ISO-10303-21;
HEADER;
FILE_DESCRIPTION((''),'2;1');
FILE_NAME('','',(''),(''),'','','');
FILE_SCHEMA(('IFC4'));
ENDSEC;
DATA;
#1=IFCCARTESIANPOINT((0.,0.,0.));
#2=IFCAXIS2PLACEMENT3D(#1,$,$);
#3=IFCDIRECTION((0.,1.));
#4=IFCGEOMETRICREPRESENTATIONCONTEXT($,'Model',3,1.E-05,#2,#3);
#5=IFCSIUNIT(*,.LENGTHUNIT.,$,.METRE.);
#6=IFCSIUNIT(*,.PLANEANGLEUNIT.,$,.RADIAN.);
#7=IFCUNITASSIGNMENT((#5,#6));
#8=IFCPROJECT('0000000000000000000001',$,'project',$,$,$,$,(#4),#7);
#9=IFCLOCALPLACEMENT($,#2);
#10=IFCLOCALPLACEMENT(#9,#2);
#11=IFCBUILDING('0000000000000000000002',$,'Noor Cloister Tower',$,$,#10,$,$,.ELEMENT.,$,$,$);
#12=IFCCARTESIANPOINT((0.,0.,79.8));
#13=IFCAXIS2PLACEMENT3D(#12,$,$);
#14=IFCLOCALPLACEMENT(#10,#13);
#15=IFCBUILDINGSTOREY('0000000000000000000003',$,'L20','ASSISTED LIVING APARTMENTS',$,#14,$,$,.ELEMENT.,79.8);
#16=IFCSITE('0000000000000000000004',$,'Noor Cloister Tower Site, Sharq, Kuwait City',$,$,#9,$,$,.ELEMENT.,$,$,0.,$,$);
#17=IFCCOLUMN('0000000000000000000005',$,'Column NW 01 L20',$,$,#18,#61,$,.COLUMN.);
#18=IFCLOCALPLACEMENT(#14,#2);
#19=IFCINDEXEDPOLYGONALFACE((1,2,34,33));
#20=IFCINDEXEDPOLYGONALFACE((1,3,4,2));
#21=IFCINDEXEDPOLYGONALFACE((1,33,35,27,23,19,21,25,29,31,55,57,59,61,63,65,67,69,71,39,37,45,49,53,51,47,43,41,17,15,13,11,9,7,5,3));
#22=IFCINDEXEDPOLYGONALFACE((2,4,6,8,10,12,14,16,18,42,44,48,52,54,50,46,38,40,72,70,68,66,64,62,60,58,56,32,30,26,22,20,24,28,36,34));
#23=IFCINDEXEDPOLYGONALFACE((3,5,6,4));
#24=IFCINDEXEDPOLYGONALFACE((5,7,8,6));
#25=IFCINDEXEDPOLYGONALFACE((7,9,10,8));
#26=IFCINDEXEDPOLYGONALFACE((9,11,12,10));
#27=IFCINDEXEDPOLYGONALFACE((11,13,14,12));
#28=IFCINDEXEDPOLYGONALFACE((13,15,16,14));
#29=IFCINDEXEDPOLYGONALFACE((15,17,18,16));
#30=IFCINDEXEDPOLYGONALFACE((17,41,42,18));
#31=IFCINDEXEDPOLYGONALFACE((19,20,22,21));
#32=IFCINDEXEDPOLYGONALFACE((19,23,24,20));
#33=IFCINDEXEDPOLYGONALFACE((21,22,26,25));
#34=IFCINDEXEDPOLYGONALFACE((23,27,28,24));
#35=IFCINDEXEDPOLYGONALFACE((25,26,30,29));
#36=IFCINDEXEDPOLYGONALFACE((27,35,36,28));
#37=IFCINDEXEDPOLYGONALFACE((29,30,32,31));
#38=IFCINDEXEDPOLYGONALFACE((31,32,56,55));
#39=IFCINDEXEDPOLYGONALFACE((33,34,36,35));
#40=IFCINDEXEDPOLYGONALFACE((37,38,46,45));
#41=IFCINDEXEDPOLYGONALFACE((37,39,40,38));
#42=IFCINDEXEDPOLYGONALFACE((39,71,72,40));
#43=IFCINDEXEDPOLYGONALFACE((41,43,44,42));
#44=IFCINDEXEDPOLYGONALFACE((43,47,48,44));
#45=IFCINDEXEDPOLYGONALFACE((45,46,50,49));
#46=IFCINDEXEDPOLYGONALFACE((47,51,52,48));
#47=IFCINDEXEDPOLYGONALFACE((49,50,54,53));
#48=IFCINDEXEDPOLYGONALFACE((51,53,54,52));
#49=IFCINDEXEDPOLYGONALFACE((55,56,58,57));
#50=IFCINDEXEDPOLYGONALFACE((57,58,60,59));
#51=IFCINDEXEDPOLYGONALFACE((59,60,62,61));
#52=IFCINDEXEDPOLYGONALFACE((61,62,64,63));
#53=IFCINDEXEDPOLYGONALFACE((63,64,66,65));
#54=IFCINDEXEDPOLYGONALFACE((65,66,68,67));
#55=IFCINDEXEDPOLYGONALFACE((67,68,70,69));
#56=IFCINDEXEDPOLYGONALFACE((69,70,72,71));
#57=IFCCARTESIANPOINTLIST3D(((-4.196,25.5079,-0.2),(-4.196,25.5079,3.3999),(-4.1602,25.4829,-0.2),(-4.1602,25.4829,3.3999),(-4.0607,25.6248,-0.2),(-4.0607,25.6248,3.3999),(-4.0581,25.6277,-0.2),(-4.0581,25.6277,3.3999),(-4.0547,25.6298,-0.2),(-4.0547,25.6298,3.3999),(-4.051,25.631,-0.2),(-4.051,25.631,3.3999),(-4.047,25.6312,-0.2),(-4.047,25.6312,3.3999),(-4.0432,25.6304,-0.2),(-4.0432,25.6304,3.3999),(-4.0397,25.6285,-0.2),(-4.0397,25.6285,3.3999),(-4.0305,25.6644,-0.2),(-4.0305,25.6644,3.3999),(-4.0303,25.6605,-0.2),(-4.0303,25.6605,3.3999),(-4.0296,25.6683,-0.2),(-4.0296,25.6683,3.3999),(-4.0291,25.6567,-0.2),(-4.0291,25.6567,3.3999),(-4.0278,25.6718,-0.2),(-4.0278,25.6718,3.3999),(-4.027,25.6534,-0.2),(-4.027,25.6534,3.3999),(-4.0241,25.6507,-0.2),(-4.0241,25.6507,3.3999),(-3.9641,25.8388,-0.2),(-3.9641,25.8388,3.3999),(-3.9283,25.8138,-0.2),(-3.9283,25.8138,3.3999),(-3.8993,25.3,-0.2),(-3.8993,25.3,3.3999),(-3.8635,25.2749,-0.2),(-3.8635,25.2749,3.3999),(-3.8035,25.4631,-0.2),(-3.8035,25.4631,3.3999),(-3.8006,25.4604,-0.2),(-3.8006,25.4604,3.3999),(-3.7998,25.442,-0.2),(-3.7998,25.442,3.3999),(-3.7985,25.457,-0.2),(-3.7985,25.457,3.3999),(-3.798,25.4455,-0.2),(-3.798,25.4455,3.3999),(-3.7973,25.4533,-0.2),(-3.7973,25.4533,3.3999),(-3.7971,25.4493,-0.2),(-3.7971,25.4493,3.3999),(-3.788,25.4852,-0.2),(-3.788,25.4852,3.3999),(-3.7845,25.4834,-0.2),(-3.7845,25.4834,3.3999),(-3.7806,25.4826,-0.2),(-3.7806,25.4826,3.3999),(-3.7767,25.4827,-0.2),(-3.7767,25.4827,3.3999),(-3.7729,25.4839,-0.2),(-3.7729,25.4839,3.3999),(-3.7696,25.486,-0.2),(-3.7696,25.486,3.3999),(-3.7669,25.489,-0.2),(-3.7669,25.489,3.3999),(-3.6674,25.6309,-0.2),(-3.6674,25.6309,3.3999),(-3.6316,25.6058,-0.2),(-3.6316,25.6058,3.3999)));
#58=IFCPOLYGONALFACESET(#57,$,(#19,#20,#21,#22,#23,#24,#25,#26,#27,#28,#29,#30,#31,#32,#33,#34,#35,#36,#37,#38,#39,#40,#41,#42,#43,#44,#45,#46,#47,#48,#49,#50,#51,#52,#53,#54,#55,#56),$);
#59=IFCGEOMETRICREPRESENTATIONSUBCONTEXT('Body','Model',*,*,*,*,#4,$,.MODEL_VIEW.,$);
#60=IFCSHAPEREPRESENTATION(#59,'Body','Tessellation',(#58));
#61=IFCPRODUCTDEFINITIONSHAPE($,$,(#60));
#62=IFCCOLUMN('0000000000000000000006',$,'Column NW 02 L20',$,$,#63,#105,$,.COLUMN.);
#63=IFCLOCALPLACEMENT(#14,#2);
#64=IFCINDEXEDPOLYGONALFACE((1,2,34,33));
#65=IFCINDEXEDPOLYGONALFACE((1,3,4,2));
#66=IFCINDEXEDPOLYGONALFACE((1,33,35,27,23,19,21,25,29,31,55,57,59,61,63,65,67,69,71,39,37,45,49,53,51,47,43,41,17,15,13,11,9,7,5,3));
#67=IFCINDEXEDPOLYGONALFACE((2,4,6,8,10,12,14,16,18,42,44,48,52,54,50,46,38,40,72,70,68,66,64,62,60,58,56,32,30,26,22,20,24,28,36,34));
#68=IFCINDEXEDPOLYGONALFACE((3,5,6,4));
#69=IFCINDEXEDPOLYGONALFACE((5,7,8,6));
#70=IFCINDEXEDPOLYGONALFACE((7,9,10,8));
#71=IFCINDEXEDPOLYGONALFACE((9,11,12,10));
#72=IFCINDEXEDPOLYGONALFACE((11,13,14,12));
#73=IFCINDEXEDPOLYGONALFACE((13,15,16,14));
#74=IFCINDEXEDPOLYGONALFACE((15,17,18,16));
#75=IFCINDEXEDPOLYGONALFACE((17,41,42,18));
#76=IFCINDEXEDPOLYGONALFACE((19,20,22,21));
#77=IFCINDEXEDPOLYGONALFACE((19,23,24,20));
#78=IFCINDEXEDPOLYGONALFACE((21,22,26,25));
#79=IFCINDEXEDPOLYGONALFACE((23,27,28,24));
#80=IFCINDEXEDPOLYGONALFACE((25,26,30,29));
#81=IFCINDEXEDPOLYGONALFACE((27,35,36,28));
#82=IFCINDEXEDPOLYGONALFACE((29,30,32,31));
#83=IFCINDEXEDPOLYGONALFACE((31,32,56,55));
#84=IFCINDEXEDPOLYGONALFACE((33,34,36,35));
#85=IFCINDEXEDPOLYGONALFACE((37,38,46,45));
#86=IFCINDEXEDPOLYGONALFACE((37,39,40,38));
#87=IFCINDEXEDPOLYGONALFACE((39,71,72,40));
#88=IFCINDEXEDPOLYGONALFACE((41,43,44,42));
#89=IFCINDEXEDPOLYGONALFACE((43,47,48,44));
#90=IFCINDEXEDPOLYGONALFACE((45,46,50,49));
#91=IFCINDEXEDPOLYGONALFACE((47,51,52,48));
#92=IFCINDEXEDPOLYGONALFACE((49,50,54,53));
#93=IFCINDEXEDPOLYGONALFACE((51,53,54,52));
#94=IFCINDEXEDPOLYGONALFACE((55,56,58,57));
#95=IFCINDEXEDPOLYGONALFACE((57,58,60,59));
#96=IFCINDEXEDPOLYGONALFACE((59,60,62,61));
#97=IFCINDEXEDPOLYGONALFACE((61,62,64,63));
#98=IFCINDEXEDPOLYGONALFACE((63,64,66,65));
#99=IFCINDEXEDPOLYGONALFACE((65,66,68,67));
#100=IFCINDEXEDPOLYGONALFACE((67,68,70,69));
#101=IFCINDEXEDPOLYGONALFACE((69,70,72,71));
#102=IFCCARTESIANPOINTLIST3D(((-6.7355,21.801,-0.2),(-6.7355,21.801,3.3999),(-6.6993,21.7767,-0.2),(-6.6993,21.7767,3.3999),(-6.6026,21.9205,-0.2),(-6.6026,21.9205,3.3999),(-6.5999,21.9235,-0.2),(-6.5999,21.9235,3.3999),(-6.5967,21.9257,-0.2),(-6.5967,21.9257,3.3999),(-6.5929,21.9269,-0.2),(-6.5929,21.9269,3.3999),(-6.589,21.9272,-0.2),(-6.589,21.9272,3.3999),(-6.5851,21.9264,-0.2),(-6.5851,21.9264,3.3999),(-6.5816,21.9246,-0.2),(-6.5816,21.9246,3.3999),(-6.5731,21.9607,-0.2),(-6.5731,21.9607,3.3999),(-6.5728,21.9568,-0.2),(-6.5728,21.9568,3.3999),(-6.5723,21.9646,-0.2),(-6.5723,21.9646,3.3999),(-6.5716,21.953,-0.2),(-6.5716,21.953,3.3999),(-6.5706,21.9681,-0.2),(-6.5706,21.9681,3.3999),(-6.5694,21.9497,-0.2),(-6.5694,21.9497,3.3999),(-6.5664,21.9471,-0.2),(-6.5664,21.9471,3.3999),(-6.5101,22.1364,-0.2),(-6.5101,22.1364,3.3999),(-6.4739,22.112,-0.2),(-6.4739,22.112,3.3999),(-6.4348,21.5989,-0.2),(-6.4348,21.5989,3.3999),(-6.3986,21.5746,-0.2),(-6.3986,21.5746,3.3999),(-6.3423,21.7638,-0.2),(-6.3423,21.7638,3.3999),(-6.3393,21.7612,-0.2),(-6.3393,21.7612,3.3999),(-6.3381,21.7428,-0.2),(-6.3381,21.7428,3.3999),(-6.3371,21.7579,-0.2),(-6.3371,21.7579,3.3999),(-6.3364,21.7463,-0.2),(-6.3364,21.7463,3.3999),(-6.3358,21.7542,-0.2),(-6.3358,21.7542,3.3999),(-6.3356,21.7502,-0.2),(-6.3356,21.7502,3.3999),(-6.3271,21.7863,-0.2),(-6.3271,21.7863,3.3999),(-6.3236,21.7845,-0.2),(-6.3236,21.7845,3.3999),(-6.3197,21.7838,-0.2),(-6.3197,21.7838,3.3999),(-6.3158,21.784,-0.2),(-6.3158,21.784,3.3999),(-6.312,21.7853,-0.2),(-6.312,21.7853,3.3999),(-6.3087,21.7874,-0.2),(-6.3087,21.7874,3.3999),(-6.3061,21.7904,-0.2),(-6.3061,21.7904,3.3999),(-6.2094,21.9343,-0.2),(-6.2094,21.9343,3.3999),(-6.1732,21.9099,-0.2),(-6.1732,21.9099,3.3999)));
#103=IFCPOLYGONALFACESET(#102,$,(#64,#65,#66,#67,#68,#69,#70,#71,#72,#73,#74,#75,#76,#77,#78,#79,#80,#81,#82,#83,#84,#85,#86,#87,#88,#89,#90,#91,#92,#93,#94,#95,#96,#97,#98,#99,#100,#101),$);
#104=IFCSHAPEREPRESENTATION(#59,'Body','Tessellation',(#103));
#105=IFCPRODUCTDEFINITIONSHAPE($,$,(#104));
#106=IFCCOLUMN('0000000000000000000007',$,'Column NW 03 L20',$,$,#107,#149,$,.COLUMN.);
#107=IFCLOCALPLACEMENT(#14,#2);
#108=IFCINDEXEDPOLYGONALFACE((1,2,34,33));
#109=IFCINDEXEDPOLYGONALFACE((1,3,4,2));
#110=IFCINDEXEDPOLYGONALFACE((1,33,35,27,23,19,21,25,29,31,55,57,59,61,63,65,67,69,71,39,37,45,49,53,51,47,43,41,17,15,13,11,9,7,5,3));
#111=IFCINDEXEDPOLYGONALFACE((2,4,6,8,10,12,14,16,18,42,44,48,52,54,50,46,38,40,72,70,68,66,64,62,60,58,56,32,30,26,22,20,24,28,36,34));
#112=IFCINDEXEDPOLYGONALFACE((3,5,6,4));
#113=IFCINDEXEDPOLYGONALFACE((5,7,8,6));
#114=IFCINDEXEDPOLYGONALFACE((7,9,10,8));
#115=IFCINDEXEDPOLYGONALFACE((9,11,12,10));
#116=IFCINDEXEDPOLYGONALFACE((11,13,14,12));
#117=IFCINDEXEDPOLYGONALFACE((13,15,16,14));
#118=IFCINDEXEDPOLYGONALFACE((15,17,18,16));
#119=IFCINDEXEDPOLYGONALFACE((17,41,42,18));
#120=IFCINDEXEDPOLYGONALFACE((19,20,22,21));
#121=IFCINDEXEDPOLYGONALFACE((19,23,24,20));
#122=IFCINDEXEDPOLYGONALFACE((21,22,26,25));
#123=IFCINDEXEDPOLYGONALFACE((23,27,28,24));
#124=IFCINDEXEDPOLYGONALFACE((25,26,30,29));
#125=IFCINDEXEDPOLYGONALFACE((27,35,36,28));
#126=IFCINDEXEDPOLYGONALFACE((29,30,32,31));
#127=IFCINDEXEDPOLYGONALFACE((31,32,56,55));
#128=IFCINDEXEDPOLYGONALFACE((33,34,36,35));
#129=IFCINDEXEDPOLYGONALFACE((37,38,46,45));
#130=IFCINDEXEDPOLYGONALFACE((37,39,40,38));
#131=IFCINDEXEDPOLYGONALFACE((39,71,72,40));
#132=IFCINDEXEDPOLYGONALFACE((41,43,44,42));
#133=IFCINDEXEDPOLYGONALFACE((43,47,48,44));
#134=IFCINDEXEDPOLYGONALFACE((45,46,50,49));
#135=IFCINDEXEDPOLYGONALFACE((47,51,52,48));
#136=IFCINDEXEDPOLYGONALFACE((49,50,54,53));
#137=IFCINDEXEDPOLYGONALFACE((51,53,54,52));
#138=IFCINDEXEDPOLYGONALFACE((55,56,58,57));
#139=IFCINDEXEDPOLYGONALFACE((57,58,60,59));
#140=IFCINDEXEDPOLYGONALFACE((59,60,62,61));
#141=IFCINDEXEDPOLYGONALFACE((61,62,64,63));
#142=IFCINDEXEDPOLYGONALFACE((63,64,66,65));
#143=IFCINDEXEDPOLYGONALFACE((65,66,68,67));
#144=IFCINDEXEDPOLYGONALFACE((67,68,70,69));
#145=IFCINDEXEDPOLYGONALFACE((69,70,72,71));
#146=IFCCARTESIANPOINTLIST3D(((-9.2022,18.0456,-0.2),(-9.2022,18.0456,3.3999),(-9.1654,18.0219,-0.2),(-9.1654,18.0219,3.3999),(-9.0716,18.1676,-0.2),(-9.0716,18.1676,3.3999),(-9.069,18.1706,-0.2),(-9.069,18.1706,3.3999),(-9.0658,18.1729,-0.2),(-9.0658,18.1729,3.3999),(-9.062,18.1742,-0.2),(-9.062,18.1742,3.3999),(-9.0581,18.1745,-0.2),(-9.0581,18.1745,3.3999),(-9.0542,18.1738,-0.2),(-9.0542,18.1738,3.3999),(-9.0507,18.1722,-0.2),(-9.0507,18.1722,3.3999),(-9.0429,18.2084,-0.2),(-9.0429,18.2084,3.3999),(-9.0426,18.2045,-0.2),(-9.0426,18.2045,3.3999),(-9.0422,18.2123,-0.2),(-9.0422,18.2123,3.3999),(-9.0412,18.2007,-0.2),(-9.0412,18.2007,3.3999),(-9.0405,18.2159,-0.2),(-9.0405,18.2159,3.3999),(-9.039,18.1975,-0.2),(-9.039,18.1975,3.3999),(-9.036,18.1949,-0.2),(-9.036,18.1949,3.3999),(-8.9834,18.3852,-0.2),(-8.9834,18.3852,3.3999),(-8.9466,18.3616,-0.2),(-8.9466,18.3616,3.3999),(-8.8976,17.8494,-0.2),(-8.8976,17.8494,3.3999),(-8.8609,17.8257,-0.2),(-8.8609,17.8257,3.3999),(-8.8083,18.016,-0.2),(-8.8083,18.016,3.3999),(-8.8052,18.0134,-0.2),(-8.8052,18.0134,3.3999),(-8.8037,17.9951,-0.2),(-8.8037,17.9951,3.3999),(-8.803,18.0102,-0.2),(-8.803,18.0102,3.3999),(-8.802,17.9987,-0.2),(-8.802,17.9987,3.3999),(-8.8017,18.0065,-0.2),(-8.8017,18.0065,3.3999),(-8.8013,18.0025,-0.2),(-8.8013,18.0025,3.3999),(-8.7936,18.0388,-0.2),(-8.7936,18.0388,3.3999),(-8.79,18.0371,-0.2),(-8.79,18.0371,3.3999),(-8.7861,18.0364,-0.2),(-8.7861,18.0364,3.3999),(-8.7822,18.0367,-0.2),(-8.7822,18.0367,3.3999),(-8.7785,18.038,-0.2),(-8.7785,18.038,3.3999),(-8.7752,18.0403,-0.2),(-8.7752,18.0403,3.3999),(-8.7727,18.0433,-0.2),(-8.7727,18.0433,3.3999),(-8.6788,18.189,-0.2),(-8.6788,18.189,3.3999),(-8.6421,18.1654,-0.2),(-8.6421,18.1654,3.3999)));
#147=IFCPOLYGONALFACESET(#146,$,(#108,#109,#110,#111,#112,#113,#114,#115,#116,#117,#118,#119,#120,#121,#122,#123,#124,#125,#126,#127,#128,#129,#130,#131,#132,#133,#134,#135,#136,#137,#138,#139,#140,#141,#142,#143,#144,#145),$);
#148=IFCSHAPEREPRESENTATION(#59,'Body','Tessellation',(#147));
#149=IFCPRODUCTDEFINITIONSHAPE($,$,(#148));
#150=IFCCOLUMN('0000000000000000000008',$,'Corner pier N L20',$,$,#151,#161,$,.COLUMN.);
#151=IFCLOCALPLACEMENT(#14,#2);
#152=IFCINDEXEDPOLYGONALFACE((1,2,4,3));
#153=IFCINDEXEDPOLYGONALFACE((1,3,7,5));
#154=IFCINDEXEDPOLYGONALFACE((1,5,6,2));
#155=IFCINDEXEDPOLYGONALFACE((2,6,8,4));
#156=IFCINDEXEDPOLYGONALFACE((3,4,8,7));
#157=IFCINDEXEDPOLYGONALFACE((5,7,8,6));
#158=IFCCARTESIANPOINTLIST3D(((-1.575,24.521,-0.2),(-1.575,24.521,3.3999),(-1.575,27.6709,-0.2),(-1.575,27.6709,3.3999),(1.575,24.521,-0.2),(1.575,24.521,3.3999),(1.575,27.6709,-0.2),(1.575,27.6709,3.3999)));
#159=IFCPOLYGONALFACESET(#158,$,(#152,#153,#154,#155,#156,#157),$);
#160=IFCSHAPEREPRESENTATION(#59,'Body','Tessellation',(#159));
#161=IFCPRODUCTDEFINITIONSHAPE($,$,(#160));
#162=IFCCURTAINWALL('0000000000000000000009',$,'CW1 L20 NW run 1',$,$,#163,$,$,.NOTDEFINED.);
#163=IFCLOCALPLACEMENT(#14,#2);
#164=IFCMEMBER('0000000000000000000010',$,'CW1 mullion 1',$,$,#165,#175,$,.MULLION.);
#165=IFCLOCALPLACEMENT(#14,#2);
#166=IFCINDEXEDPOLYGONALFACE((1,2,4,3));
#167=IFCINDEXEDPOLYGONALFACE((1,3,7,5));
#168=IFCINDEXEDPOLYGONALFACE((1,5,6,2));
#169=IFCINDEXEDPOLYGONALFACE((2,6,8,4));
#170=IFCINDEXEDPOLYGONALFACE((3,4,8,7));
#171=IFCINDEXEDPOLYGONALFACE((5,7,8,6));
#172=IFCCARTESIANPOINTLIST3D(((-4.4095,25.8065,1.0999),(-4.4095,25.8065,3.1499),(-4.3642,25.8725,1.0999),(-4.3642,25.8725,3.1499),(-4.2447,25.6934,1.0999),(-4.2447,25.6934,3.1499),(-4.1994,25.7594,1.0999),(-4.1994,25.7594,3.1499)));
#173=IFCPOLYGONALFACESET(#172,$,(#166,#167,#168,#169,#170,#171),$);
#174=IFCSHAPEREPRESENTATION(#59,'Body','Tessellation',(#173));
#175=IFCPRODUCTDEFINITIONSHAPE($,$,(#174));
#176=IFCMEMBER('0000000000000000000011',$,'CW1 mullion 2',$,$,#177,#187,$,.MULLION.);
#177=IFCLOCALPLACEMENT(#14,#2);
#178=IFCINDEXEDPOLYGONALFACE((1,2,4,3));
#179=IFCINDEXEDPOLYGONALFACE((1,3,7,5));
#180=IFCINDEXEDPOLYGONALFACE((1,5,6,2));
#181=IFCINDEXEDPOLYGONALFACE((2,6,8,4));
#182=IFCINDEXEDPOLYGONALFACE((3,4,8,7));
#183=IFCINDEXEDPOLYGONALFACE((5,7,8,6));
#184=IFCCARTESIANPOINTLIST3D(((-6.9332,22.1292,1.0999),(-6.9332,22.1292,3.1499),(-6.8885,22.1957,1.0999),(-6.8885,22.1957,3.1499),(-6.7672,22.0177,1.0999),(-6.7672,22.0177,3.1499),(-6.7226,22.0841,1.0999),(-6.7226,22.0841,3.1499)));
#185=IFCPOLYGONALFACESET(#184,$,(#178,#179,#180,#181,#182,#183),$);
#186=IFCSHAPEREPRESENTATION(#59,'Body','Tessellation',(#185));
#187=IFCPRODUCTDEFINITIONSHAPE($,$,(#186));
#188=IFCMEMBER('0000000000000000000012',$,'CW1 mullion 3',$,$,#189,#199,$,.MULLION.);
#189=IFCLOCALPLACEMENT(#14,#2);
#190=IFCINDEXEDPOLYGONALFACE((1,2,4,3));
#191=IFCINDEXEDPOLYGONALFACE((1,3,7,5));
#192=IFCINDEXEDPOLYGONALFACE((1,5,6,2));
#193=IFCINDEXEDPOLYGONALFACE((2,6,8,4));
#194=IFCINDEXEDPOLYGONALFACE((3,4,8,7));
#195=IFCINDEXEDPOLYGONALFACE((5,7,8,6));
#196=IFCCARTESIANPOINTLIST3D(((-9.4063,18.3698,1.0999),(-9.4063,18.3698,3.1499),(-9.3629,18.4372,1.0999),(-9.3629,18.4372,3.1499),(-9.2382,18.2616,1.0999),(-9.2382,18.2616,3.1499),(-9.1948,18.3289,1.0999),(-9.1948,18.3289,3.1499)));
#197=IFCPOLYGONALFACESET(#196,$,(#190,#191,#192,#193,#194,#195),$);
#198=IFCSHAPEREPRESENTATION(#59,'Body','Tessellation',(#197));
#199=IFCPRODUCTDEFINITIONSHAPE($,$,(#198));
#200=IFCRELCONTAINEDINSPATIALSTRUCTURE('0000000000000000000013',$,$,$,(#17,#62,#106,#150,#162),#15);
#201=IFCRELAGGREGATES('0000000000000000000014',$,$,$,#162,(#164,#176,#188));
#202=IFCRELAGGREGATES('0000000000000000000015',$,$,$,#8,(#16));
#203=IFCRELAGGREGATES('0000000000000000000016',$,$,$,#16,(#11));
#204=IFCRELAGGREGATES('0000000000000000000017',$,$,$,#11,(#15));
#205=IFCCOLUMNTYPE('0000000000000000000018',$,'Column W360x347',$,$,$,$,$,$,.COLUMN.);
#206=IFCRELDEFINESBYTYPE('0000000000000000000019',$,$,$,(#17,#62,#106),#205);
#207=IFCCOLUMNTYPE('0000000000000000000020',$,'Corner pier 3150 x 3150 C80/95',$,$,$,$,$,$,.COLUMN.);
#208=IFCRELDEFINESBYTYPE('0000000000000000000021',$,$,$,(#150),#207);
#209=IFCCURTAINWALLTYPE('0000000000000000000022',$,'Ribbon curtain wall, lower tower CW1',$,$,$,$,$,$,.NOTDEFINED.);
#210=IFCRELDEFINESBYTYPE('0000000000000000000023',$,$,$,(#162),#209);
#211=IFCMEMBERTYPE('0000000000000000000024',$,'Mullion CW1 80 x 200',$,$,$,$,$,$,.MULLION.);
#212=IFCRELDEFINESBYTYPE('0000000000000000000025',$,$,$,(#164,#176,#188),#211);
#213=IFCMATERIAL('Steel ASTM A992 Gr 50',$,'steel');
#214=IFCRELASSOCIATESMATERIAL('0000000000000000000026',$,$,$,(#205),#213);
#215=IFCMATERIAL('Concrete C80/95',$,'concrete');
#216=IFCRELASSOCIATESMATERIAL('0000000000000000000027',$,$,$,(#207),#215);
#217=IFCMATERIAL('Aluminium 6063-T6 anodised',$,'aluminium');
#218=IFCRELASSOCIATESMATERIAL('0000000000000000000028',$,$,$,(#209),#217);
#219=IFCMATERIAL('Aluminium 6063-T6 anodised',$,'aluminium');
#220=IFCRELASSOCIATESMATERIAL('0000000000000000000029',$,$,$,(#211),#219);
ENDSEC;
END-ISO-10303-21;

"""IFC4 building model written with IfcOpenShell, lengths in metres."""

from ifc_helpers import new_model, si_unit, direction, frame, origin, origin_2d, place, context, subcontext, project, spatial, rectangle, i_section, extrude, material, material_profile, profile_set, type_object, element, aggregate, save


model = new_model("IFC4")

# Units and contexts
model_context = context("Model", 3, precision=1e-05, world=origin(), true_north=direction((0.0, 1.0)))
body_context = subcontext(model_context, "Body", "Model", "MODEL_VIEW")
ifc_project = project(units=[si_unit("LENGTHUNIT", "METRE"), si_unit("PLANEANGLEUNIT", "RADIAN")], contexts=[model_context])

# Site, building, storey
site_placement = place(None, origin())
site = spatial("IfcSite", under=ifc_project, at=site_placement, Name="Noor Cloister Tower Site, Sharq, Kuwait City", CompositionType="ELEMENT", RefElevation=0.0)
building_placement = place(site_placement, origin())
building = spatial("IfcBuilding", under=site, at=building_placement, Name="Noor Cloister Tower", CompositionType="ELEMENT")
storey_placement = place(building_placement, frame((0.0, 0.0, 79.8)))
storey = spatial("IfcBuildingStorey", under=building, at=storey_placement, Name="L20", Description="ASSISTED LIVING APARTMENTS", CompositionType="ELEMENT", Elevation=79.8)

# Columns
ifc_material_1 = material(Name="Steel ASTM A992 Gr 50", Category="steel")
ifc_material_profile_1 = material_profile(ifc_material_1, i_section(OverallWidth=0.4041, OverallDepth=0.406, WebThickness=0.0271, FlangeThickness=0.0437, FilletRadius=0.0151, at=origin_2d()), Name="W360x347")
ifc_profile_set_1 = profile_set([ifc_material_profile_1], Name="Steel ASTM A992 Gr 50")
column_type_1 = type_object("IfcColumnType", Name="Column W360x347", PredefinedType="COLUMN", material=ifc_profile_set_1)
for number, where, z_axis, x_axis, name in (
    (1, (-3.9138, 25.5569, -0.2), (0.0, 0.0, 1.0), (-0.573899, -0.818926, 0.0), "Column NW 01 L20"),
    (2, (-6.4543, 21.8555, -0.2), (0.0, 0.0, 1.0), (-0.557838, -0.82995, 0.0), "Column NW 02 L20"),
    (3, (-8.9221, 18.1055, -0.2), (0.0, 0.0, 1.0), (-0.541566, -0.840658, 0.0), "Column NW 03 L20"),
):
    element("IfcColumn", number, at=place(storey_placement, frame(where, z_axis=z_axis, x_axis=x_axis)), inside=storey, type_object=column_type_1, Name=name, PredefinedType="COLUMN", context=body_context, shape_type="SweptSolid", body=[
        extrude(i_section(OverallWidth=0.4041, OverallDepth=0.406, WebThickness=0.0271, FlangeThickness=0.0437, FilletRadius=0.0151, at=origin_2d()), origin(), (0.0, 0.0, 1.0), 3.5999),
    ])
ifc_material_2 = material(Name="Concrete C80/95", Category="concrete")
ifc_material_profile_2 = material_profile(ifc_material_2, rectangle(XDim=3.1499, YDim=3.1499, at=origin_2d()), Name="RC 3150x3150")
ifc_profile_set_2 = profile_set([ifc_material_profile_2], Name="Concrete C80/95")
column_type_2 = type_object("IfcColumnType", Name="Corner pier 3150 x 3150 C80/95", PredefinedType="COLUMN", material=ifc_profile_set_2)
column_placement = place(storey_placement, frame((0.0, 26.0959, -0.2), z_axis=(0.0, 0.0, 1.0), x_axis=(0.0, 1.0, 0.0)))
element("IfcColumn", 4, at=column_placement, inside=storey, type_object=column_type_2, Name="Corner pier N L20", PredefinedType="COLUMN", context=body_context, shape_type="SweptSolid", body=[
    extrude(rectangle(XDim=3.1499, YDim=3.1499, at=origin_2d()), origin(), (0.0, 0.0, 1.0), 3.5999),
])

# Curtain wall, members
ifc_material_3 = material(Name="Aluminium 6063-T6 anodised", Category="aluminium")
curtain_wall_type = type_object("IfcCurtainWallType", Name="Ribbon curtain wall, lower tower CW1", PredefinedType="NOTDEFINED", material=ifc_material_3)
curtain_wall_placement = place(storey_placement, origin())
curtain_wall = element("IfcCurtainWall", 5, at=curtain_wall_placement, inside=storey, type_object=curtain_wall_type, Name="CW1 L20 NW run 1", PredefinedType="NOTDEFINED")
ifc_material_4 = material(Name="Aluminium 6063-T6 anodised", Category="aluminium")
ifc_material_profile_3 = material_profile(ifc_material_4, rectangle(XDim=0.2, YDim=0.0801, at=origin_2d()), Name="200 x 80 mullion")
ifc_profile_set_3 = profile_set([ifc_material_profile_3], Name="Aluminium 6063-T6 anodised")
member_type = type_object("IfcMemberType", Name="Mullion CW1 80 x 200", PredefinedType="MULLION", material=ifc_profile_set_3)
member_1_placement = place(storey_placement, frame((-4.3044, 25.783, 1.0999), z_axis=(0.0, 0.0, 1.0), x_axis=(0.824477, -0.565895, 0.0)))
member_1 = element("IfcMember", 6, at=member_1_placement, type_object=member_type, Name="CW1 mullion 1", PredefinedType="MULLION", context=body_context, shape_type="SweptSolid", body=[
    extrude(rectangle(XDim=0.2, YDim=0.0801, at=origin_2d()), origin(), (0.0, 0.0, 1.0), 2.05),
])
member_2_placement = place(storey_placement, frame((-6.8279, 22.1067, 1.0999), z_axis=(0.0, 0.0, 1.0), x_axis=(0.82995, -0.557838, 0.0)))
member_2 = element("IfcMember", 7, at=member_2_placement, type_object=member_type, Name="CW1 mullion 2", PredefinedType="MULLION", context=body_context, shape_type="SweptSolid", body=[
    extrude(rectangle(XDim=0.2, YDim=0.0801, at=origin_2d()), origin(), (0.0, 0.0, 1.0), 2.05),
])
member_3_placement = place(storey_placement, frame((-9.3005, 18.3494, 1.0999), z_axis=(0.0, 0.0, 1.0), x_axis=(0.840658, -0.541566, 0.0)))
member_3 = element("IfcMember", 8, at=member_3_placement, type_object=member_type, Name="CW1 mullion 3", PredefinedType="MULLION", context=body_context, shape_type="SweptSolid", body=[
    extrude(rectangle(XDim=0.2, YDim=0.0801, at=origin_2d()), origin(), (0.0, 0.0, 1.0), 2.05),
])

aggregate(curtain_wall, [member_1, member_2, member_3])

save(model, "model.ifc")
